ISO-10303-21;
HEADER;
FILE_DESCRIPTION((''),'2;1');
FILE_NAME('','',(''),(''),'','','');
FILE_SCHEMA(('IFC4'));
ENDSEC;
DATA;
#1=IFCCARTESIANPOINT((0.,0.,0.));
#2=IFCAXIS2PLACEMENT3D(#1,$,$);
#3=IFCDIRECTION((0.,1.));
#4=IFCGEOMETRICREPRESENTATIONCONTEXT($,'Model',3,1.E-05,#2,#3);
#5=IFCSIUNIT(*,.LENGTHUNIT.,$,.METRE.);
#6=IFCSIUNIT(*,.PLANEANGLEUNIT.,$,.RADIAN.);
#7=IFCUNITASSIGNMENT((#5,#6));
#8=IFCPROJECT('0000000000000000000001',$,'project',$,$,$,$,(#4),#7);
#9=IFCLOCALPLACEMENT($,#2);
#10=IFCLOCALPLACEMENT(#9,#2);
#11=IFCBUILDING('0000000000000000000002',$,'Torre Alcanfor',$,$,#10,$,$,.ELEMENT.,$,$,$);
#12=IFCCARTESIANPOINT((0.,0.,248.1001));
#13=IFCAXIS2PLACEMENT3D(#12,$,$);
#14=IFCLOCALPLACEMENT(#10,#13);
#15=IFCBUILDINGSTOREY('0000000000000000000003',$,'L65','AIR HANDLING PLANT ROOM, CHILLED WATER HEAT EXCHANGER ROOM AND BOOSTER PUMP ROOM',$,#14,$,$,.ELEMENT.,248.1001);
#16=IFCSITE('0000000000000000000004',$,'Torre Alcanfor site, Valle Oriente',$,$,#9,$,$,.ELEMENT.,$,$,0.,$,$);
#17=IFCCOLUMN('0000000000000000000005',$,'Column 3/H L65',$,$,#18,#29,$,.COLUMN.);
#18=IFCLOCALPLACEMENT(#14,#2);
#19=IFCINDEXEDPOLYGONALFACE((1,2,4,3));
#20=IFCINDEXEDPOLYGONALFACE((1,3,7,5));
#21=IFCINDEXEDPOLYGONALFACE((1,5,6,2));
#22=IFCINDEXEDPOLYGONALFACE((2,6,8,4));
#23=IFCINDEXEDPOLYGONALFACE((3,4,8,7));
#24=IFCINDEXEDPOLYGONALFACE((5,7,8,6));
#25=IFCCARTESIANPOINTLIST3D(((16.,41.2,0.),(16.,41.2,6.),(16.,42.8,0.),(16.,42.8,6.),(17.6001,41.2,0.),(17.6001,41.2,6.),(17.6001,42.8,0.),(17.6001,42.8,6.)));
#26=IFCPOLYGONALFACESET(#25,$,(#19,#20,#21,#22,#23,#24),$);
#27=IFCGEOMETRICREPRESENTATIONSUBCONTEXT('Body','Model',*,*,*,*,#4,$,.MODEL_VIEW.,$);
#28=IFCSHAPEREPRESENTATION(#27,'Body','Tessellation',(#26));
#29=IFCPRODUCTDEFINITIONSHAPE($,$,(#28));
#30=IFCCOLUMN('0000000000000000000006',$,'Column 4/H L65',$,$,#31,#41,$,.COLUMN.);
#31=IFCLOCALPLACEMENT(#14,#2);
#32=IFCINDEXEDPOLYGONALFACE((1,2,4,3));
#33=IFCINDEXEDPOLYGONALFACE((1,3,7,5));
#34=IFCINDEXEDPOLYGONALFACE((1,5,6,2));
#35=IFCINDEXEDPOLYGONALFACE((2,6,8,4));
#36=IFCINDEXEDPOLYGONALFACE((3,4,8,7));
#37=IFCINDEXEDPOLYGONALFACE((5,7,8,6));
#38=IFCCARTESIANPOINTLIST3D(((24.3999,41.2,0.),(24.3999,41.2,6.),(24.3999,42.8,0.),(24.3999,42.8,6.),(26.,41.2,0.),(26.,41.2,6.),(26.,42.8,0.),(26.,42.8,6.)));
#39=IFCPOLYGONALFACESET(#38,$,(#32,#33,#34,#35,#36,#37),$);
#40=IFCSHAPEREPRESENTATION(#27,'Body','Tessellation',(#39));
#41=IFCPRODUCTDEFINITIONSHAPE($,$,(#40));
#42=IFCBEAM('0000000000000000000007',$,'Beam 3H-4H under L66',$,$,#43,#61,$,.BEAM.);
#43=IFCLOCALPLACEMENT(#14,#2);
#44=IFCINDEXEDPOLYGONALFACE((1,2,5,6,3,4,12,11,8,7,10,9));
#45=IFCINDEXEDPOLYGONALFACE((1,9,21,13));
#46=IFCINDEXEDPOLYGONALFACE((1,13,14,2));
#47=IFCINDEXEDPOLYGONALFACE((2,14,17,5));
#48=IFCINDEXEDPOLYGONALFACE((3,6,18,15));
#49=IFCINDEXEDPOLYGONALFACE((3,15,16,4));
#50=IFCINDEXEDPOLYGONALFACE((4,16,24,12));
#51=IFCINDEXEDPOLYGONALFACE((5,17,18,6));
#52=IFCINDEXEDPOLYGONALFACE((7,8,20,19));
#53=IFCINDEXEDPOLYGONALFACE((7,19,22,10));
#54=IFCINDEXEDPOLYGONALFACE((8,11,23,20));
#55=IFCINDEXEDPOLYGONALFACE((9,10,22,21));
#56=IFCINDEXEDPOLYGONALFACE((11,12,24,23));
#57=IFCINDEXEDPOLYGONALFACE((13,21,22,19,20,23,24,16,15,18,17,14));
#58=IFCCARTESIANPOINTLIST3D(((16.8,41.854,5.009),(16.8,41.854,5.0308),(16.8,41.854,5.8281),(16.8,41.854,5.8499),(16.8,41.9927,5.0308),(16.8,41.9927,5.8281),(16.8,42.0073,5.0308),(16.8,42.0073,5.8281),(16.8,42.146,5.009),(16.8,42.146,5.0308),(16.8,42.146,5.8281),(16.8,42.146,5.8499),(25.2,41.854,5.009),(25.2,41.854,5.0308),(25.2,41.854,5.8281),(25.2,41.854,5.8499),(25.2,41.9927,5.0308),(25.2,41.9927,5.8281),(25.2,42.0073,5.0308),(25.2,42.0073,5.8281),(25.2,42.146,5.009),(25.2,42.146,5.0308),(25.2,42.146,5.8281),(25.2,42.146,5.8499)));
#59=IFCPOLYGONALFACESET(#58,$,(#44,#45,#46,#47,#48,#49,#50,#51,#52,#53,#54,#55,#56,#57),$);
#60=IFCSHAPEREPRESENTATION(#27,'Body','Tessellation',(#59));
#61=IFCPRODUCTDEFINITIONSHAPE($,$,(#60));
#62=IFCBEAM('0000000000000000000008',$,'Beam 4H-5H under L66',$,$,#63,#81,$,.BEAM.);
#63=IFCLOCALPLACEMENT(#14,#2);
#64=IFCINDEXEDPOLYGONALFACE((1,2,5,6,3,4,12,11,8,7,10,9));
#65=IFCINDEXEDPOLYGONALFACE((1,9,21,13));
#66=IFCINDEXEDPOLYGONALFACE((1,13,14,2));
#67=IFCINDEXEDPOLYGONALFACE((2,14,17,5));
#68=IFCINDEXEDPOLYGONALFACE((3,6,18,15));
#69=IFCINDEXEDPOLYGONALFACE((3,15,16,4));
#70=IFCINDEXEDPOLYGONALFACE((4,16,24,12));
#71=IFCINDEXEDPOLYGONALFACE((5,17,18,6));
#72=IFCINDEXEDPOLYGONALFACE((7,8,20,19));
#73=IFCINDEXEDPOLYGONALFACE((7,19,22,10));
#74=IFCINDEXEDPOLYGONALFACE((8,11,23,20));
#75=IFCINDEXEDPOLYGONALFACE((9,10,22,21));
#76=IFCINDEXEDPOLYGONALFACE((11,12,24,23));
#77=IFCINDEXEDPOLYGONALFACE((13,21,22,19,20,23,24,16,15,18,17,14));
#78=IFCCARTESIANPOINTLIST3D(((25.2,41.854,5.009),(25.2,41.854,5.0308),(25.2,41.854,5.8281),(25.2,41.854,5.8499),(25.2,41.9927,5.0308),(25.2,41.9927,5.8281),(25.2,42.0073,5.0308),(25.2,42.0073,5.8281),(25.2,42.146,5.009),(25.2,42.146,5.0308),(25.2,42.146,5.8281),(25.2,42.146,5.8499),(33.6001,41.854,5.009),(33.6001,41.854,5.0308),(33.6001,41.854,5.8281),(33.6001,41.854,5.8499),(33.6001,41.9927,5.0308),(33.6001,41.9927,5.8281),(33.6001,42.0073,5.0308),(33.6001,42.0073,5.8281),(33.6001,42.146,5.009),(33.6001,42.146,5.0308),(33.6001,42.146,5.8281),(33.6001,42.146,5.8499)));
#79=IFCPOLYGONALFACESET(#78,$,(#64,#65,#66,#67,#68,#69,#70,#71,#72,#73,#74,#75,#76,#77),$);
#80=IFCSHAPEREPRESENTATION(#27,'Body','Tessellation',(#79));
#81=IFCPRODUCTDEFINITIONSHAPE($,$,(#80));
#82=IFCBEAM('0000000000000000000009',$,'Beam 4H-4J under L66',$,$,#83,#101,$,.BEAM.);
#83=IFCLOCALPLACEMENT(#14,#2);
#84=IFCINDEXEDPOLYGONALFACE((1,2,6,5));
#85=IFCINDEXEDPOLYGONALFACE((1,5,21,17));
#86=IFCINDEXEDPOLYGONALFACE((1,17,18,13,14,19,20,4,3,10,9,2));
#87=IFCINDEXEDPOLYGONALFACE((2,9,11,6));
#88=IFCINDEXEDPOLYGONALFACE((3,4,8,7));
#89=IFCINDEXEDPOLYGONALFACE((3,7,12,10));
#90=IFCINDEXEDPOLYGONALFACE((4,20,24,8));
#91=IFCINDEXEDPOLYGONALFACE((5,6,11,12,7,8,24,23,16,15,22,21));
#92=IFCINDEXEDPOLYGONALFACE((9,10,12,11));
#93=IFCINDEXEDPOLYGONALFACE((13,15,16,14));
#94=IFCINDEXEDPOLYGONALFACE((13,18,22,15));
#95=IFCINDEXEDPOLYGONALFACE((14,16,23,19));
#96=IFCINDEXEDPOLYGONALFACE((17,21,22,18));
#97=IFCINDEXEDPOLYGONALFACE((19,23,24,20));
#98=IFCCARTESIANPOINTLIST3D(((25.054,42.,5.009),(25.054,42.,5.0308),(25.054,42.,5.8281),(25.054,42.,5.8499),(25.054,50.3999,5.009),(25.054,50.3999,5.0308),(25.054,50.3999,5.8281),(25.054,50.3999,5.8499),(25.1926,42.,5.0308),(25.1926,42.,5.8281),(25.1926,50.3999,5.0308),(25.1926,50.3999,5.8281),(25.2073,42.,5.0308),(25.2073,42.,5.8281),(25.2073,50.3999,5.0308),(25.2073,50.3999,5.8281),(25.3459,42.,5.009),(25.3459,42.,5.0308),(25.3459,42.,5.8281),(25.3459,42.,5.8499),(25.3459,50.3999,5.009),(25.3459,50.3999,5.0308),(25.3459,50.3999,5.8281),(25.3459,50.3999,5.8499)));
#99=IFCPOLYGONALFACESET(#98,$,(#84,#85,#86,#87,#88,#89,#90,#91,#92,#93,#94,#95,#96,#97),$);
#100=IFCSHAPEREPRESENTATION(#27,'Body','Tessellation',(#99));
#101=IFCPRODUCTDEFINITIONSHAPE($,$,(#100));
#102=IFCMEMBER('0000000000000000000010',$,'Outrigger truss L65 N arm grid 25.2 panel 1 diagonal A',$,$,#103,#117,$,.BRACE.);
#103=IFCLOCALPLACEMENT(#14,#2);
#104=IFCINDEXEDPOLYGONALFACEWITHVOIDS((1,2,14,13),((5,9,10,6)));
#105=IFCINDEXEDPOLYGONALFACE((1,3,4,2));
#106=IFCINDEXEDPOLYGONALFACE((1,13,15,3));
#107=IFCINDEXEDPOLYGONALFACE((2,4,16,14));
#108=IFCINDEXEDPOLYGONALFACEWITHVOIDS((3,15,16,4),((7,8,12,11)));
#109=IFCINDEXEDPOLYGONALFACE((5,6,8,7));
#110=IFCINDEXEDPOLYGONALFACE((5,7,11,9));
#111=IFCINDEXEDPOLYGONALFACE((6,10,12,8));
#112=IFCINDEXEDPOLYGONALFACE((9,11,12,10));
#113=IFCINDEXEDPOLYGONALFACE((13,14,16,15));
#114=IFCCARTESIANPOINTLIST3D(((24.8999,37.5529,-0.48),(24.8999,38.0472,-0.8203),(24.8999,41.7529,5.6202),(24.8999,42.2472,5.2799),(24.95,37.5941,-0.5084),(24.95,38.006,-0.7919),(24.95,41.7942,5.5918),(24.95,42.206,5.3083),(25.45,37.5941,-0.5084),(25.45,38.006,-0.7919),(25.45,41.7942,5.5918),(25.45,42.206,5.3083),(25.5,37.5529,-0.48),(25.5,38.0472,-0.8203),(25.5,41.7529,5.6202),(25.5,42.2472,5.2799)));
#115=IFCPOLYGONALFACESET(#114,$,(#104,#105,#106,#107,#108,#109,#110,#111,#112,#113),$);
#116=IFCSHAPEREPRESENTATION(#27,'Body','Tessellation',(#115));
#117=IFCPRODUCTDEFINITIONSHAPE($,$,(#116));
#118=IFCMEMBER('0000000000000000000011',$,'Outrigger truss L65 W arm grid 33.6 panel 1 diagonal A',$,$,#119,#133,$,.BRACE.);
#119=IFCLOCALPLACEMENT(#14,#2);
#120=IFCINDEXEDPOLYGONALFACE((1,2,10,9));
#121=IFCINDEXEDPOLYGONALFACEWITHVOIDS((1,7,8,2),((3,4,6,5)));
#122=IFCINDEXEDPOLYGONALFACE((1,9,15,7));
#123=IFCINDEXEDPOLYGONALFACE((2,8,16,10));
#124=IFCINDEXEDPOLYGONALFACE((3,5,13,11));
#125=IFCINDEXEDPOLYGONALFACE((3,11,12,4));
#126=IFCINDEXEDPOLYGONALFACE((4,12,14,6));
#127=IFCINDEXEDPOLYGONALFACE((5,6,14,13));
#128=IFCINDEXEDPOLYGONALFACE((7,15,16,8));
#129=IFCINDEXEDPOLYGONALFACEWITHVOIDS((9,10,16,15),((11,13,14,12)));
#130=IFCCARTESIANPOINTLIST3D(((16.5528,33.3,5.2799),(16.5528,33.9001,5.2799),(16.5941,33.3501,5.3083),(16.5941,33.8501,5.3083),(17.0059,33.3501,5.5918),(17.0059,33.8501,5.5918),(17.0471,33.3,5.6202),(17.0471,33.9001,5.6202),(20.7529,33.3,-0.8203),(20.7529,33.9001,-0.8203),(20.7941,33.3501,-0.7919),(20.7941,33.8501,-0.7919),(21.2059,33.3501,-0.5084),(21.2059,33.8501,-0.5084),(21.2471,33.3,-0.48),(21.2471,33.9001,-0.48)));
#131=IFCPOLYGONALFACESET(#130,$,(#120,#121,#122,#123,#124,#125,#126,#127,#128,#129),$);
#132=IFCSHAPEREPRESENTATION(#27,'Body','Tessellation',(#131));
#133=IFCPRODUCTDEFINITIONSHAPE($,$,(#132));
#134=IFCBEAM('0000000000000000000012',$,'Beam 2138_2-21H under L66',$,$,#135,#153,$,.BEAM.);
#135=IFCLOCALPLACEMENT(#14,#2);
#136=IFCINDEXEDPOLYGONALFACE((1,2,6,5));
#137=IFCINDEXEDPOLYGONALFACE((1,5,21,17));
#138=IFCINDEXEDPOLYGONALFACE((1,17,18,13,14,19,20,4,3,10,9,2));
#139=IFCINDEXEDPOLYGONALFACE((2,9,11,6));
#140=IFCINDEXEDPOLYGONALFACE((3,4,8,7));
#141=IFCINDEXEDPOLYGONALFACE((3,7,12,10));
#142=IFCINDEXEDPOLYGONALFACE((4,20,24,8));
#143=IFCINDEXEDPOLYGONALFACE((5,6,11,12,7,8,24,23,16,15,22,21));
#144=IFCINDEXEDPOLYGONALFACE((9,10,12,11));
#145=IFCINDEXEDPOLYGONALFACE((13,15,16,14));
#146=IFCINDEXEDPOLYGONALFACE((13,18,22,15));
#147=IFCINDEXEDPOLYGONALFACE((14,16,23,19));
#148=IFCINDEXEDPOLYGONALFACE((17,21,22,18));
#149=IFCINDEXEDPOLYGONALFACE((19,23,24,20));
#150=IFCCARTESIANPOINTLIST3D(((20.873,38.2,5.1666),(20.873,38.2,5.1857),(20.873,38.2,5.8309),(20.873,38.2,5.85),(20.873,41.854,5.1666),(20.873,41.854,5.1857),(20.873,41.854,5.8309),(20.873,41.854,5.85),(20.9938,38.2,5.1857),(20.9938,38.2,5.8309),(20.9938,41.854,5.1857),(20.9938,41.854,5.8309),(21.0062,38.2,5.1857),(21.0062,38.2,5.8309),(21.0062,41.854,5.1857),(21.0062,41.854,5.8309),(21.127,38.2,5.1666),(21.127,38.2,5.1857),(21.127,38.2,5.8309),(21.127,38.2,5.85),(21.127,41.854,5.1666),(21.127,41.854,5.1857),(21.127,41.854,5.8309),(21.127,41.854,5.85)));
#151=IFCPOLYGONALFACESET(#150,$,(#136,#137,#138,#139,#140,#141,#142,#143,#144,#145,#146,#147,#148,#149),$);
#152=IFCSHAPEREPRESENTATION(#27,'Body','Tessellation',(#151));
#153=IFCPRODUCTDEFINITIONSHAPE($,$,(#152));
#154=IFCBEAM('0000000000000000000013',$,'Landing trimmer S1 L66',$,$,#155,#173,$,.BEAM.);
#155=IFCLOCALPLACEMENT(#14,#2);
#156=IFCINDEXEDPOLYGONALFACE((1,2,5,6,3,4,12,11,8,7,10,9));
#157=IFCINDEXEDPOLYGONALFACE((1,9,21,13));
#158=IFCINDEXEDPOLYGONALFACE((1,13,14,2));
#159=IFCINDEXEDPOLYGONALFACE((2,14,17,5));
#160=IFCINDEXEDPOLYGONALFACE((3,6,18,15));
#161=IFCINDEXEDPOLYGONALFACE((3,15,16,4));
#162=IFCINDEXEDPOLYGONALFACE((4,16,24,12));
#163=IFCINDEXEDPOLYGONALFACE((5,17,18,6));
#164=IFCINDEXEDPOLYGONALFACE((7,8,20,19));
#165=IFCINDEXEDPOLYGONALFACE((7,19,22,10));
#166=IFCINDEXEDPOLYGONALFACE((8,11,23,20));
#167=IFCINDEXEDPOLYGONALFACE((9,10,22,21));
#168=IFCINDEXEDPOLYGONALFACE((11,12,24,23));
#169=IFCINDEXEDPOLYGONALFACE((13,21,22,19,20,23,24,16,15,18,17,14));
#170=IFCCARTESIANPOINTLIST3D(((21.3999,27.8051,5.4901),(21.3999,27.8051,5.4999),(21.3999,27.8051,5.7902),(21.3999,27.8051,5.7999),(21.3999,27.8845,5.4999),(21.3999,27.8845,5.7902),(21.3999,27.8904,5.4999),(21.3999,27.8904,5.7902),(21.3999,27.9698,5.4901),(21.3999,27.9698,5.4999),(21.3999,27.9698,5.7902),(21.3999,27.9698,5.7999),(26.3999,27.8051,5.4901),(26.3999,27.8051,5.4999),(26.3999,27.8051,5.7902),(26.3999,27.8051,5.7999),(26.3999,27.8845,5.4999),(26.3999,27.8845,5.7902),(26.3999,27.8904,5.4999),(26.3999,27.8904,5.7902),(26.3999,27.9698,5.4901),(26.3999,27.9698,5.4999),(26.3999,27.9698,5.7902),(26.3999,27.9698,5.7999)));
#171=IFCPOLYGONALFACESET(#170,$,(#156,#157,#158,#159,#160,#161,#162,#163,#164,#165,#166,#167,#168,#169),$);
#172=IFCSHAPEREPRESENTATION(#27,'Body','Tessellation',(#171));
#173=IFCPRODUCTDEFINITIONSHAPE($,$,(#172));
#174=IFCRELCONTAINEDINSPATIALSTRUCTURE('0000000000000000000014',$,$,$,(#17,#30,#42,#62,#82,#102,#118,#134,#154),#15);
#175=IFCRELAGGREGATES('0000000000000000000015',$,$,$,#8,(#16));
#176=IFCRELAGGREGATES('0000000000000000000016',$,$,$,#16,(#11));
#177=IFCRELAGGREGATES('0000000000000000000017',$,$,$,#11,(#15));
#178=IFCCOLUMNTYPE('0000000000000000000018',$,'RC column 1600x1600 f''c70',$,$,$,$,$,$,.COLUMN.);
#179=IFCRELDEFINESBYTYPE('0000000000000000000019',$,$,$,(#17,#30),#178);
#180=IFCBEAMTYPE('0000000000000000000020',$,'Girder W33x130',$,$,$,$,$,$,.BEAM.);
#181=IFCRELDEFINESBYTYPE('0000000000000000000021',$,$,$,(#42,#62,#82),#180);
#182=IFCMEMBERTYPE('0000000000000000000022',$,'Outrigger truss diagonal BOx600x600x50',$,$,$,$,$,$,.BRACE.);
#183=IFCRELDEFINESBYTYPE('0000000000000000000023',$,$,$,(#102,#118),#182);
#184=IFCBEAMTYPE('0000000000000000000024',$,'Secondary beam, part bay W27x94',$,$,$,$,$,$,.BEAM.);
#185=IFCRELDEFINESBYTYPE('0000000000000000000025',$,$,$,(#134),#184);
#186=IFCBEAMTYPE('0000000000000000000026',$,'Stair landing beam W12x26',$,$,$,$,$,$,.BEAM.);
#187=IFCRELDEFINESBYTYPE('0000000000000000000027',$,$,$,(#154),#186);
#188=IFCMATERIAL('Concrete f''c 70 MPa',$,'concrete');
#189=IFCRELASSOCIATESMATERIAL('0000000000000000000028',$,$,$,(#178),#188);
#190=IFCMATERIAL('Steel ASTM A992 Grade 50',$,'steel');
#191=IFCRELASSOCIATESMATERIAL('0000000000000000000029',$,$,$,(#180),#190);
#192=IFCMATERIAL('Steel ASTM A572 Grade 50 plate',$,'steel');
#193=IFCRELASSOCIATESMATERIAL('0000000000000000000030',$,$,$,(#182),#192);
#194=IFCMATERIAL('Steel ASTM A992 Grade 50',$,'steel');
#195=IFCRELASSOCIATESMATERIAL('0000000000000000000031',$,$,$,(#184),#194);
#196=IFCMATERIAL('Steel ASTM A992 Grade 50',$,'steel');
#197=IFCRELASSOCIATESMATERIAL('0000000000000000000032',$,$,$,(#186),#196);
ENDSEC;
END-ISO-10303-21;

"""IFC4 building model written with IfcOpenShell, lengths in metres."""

from ifc_helpers import new_model, si_unit, direction, frame, origin, origin_2d, place, context, subcontext, project, spatial, rectangle, hollow_rectangle, i_section, extrude, material, material_profile, profile_set, type_object, element, save


model = new_model("IFC4")

# Units and contexts
model_context = context("Model", 3, precision=1e-05, world=origin(), true_north=direction((0.0, 1.0)))
body_context = subcontext(model_context, "Body", "Model", "MODEL_VIEW")
ifc_project = project(units=[si_unit("LENGTHUNIT", "METRE"), si_unit("PLANEANGLEUNIT", "RADIAN")], contexts=[model_context])

# Site, building, storey
site_placement = place(None, origin())
site = spatial("IfcSite", under=ifc_project, at=site_placement, Name="Torre Alcanfor site, Valle Oriente", CompositionType="ELEMENT", RefElevation=0.0)
building_placement = place(site_placement, origin())
building = spatial("IfcBuilding", under=site, at=building_placement, Name="Torre Alcanfor", CompositionType="ELEMENT")
storey_placement = place(building_placement, frame((0.0, 0.0, 248.1001)))
storey = spatial("IfcBuildingStorey", under=building, at=storey_placement, Name="L65", Description="AIR HANDLING PLANT ROOM, CHILLED WATER HEAT EXCHANGER ROOM AND BOOSTER PUMP ROOM", CompositionType="ELEMENT", Elevation=248.1001)

# Columns
ifc_material_1 = material(Name="Concrete f'c 70 MPa", Category="concrete")
ifc_material_profile_1 = material_profile(ifc_material_1, rectangle(XDim=1.6001, YDim=1.6001, at=origin_2d()), Name="1600x1600")
ifc_profile_set_1 = profile_set([ifc_material_profile_1], Name="Concrete f'c 70 MPa")
column_type = type_object("IfcColumnType", Name="RC column 1600x1600 f'c70", PredefinedType="COLUMN", material=ifc_profile_set_1)
for number, where, z_axis, x_axis, name in (
    (1, (16.8, 42.0, 0.0), (0.0, 0.0, 1.0), (1.0, 0.0, 0.0), "Column 3/H L65"),
    (2, (25.2, 42.0, 0.0), (0.0, 0.0, 1.0), (1.0, 0.0, 0.0), "Column 4/H L65"),
):
    element("IfcColumn", number, at=place(storey_placement, frame(where, z_axis=z_axis, x_axis=x_axis)), inside=storey, type_object=column_type, Name=name, PredefinedType="COLUMN", context=body_context, shape_type="SweptSolid", body=[
        extrude(rectangle(XDim=1.6001, YDim=1.6001, at=origin_2d()), origin(), (0.0, 0.0, 1.0), 6.0),
    ])

# Beams
ifc_material_2 = material(Name="Steel ASTM A992 Grade 50", Category="steel")
ifc_material_profile_2 = material_profile(ifc_material_2, i_section(OverallWidth=0.292, OverallDepth=0.8408, WebThickness=0.0146, FlangeThickness=0.0217, at=origin_2d()), Name="W33x130")
ifc_profile_set_2 = profile_set([ifc_material_profile_2], Name="Steel ASTM A992 Grade 50")
beam_type_1 = type_object("IfcBeamType", Name="Girder W33x130", PredefinedType="BEAM", material=ifc_profile_set_2)
beam_1_placement = place(storey_placement, frame((16.8, 42.0, 5.4294), z_axis=(1.0, 0.0, 0.0), x_axis=(0.0, 1.0, 0.0)))
element("IfcBeam", 3, at=beam_1_placement, inside=storey, type_object=beam_type_1, Name="Beam 3H-4H under L66", PredefinedType="BEAM", context=body_context, shape_type="SweptSolid", body=[
    extrude(i_section(OverallWidth=0.292, OverallDepth=0.8408, WebThickness=0.0146, FlangeThickness=0.0217, at=origin_2d()), origin(), (0.0, 0.0, 1.0), 8.3999),
])
beam_2_placement = place(storey_placement, frame((25.2, 42.0, 5.4294), z_axis=(1.0, 0.0, 0.0), x_axis=(0.0, 1.0, 0.0)))
element("IfcBeam", 4, at=beam_2_placement, inside=storey, type_object=beam_type_1, Name="Beam 4H-5H under L66", PredefinedType="BEAM", context=body_context, shape_type="SweptSolid", body=[
    extrude(i_section(OverallWidth=0.292, OverallDepth=0.8408, WebThickness=0.0146, FlangeThickness=0.0217, at=origin_2d()), origin(), (0.0, 0.0, 1.0), 8.4001),
])
beam_3_placement = place(storey_placement, frame((25.2, 42.0, 5.4294), z_axis=(0.0, 1.0, 0.0), x_axis=(-1.0, 0.0, 0.0)))
element("IfcBeam", 5, at=beam_3_placement, inside=storey, type_object=beam_type_1, Name="Beam 4H-4J under L66", PredefinedType="BEAM", context=body_context, shape_type="SweptSolid", body=[
    extrude(i_section(OverallWidth=0.292, OverallDepth=0.8408, WebThickness=0.0146, FlangeThickness=0.0217, at=origin_2d()), origin(), (0.0, 0.0, 1.0), 8.3999),
])

# Members
ifc_material_3 = material(Name="Steel ASTM A572 Grade 50 plate", Category="steel")
ifc_material_profile_3 = material_profile(ifc_material_3, hollow_rectangle(XDim=0.6001, YDim=0.6001, WallThickness=0.05, at=origin_2d()), Name="BOX 600x600x50")
ifc_profile_set_3 = profile_set([ifc_material_profile_3], Name="Steel ASTM A572 Grade 50 plate")
member_type = type_object("IfcMemberType", Name="Outrigger truss diagonal BOx600x600x50", PredefinedType="BRACE", material=ifc_profile_set_3)
for number, where, z_axis, x_axis, name in (
    (6, (25.2, 37.8, -0.6501), (0.0, 0.567091, 0.823655), (-1.0, 0.0, 0.0), "Outrigger truss L65 N arm grid 25.2 panel 1 diagonal A"),
    (7, (21.0, 33.6001, -0.6501), (-0.567091, 0.0, 0.823655), (0.0, -1.0, 0.0), "Outrigger truss L65 W arm grid 33.6 panel 1 diagonal A"),
):
    element("IfcMember", number, at=place(storey_placement, frame(where, z_axis=z_axis, x_axis=x_axis)), inside=storey, type_object=member_type, Name=name, PredefinedType="BRACE", context=body_context, shape_type="SweptSolid", body=[
        extrude(hollow_rectangle(XDim=0.6001, YDim=0.6001, WallThickness=0.05, at=origin_2d()), origin(), (0.0, 0.0, 1.0), 7.4062),
    ])

# Beams
ifc_material_4 = material(Name="Steel ASTM A992 Grade 50", Category="steel")
ifc_material_profile_4 = material_profile(ifc_material_4, i_section(OverallWidth=0.2539, OverallDepth=0.6833, WebThickness=0.0125, FlangeThickness=0.019, at=origin_2d()), Name="W27x94")
ifc_profile_set_4 = profile_set([ifc_material_profile_4], Name="Steel ASTM A992 Grade 50")
beam_type_2 = type_object("IfcBeamType", Name="Secondary beam, part bay W27x94", PredefinedType="BEAM", material=ifc_profile_set_4)
beam_4_placement = place(storey_placement, frame((21.0, 38.2, 5.5083), z_axis=(0.0, 1.0, 0.0), x_axis=(-1.0, 0.0, 0.0)))
element("IfcBeam", 8, at=beam_4_placement, inside=storey, type_object=beam_type_2, Name="Beam 2138_2-21H under L66", PredefinedType="BEAM", context=body_context, shape_type="SweptSolid", body=[
    extrude(i_section(OverallWidth=0.2539, OverallDepth=0.6833, WebThickness=0.0125, FlangeThickness=0.019, at=origin_2d()), origin(), (0.0, 0.0, 1.0), 3.6541),
])
ifc_material_5 = material(Name="Steel ASTM A992 Grade 50", Category="steel")
ifc_material_profile_5 = material_profile(ifc_material_5, i_section(OverallWidth=0.1648, OverallDepth=0.3098, WebThickness=0.0059, FlangeThickness=0.0098, at=origin_2d()), Name="W12x26")
ifc_profile_set_5 = profile_set([ifc_material_profile_5], Name="Steel ASTM A992 Grade 50")
beam_type_3 = type_object("IfcBeamType", Name="Stair landing beam W12x26", PredefinedType="BEAM", material=ifc_profile_set_5)
beam_5_placement = place(storey_placement, frame((21.3999, 27.8875, 5.645), z_axis=(1.0, 0.0, 0.0), x_axis=(0.0, 1.0, 0.0)))
element("IfcBeam", 9, at=beam_5_placement, inside=storey, type_object=beam_type_3, Name="Landing trimmer S1 L66", PredefinedType="BEAM", context=body_context, shape_type="SweptSolid", body=[
    extrude(i_section(OverallWidth=0.1648, OverallDepth=0.3098, WebThickness=0.0059, FlangeThickness=0.0098, at=origin_2d()), origin(), (0.0, 0.0, 1.0), 5.0),
])

save(model, "model.ifc")
